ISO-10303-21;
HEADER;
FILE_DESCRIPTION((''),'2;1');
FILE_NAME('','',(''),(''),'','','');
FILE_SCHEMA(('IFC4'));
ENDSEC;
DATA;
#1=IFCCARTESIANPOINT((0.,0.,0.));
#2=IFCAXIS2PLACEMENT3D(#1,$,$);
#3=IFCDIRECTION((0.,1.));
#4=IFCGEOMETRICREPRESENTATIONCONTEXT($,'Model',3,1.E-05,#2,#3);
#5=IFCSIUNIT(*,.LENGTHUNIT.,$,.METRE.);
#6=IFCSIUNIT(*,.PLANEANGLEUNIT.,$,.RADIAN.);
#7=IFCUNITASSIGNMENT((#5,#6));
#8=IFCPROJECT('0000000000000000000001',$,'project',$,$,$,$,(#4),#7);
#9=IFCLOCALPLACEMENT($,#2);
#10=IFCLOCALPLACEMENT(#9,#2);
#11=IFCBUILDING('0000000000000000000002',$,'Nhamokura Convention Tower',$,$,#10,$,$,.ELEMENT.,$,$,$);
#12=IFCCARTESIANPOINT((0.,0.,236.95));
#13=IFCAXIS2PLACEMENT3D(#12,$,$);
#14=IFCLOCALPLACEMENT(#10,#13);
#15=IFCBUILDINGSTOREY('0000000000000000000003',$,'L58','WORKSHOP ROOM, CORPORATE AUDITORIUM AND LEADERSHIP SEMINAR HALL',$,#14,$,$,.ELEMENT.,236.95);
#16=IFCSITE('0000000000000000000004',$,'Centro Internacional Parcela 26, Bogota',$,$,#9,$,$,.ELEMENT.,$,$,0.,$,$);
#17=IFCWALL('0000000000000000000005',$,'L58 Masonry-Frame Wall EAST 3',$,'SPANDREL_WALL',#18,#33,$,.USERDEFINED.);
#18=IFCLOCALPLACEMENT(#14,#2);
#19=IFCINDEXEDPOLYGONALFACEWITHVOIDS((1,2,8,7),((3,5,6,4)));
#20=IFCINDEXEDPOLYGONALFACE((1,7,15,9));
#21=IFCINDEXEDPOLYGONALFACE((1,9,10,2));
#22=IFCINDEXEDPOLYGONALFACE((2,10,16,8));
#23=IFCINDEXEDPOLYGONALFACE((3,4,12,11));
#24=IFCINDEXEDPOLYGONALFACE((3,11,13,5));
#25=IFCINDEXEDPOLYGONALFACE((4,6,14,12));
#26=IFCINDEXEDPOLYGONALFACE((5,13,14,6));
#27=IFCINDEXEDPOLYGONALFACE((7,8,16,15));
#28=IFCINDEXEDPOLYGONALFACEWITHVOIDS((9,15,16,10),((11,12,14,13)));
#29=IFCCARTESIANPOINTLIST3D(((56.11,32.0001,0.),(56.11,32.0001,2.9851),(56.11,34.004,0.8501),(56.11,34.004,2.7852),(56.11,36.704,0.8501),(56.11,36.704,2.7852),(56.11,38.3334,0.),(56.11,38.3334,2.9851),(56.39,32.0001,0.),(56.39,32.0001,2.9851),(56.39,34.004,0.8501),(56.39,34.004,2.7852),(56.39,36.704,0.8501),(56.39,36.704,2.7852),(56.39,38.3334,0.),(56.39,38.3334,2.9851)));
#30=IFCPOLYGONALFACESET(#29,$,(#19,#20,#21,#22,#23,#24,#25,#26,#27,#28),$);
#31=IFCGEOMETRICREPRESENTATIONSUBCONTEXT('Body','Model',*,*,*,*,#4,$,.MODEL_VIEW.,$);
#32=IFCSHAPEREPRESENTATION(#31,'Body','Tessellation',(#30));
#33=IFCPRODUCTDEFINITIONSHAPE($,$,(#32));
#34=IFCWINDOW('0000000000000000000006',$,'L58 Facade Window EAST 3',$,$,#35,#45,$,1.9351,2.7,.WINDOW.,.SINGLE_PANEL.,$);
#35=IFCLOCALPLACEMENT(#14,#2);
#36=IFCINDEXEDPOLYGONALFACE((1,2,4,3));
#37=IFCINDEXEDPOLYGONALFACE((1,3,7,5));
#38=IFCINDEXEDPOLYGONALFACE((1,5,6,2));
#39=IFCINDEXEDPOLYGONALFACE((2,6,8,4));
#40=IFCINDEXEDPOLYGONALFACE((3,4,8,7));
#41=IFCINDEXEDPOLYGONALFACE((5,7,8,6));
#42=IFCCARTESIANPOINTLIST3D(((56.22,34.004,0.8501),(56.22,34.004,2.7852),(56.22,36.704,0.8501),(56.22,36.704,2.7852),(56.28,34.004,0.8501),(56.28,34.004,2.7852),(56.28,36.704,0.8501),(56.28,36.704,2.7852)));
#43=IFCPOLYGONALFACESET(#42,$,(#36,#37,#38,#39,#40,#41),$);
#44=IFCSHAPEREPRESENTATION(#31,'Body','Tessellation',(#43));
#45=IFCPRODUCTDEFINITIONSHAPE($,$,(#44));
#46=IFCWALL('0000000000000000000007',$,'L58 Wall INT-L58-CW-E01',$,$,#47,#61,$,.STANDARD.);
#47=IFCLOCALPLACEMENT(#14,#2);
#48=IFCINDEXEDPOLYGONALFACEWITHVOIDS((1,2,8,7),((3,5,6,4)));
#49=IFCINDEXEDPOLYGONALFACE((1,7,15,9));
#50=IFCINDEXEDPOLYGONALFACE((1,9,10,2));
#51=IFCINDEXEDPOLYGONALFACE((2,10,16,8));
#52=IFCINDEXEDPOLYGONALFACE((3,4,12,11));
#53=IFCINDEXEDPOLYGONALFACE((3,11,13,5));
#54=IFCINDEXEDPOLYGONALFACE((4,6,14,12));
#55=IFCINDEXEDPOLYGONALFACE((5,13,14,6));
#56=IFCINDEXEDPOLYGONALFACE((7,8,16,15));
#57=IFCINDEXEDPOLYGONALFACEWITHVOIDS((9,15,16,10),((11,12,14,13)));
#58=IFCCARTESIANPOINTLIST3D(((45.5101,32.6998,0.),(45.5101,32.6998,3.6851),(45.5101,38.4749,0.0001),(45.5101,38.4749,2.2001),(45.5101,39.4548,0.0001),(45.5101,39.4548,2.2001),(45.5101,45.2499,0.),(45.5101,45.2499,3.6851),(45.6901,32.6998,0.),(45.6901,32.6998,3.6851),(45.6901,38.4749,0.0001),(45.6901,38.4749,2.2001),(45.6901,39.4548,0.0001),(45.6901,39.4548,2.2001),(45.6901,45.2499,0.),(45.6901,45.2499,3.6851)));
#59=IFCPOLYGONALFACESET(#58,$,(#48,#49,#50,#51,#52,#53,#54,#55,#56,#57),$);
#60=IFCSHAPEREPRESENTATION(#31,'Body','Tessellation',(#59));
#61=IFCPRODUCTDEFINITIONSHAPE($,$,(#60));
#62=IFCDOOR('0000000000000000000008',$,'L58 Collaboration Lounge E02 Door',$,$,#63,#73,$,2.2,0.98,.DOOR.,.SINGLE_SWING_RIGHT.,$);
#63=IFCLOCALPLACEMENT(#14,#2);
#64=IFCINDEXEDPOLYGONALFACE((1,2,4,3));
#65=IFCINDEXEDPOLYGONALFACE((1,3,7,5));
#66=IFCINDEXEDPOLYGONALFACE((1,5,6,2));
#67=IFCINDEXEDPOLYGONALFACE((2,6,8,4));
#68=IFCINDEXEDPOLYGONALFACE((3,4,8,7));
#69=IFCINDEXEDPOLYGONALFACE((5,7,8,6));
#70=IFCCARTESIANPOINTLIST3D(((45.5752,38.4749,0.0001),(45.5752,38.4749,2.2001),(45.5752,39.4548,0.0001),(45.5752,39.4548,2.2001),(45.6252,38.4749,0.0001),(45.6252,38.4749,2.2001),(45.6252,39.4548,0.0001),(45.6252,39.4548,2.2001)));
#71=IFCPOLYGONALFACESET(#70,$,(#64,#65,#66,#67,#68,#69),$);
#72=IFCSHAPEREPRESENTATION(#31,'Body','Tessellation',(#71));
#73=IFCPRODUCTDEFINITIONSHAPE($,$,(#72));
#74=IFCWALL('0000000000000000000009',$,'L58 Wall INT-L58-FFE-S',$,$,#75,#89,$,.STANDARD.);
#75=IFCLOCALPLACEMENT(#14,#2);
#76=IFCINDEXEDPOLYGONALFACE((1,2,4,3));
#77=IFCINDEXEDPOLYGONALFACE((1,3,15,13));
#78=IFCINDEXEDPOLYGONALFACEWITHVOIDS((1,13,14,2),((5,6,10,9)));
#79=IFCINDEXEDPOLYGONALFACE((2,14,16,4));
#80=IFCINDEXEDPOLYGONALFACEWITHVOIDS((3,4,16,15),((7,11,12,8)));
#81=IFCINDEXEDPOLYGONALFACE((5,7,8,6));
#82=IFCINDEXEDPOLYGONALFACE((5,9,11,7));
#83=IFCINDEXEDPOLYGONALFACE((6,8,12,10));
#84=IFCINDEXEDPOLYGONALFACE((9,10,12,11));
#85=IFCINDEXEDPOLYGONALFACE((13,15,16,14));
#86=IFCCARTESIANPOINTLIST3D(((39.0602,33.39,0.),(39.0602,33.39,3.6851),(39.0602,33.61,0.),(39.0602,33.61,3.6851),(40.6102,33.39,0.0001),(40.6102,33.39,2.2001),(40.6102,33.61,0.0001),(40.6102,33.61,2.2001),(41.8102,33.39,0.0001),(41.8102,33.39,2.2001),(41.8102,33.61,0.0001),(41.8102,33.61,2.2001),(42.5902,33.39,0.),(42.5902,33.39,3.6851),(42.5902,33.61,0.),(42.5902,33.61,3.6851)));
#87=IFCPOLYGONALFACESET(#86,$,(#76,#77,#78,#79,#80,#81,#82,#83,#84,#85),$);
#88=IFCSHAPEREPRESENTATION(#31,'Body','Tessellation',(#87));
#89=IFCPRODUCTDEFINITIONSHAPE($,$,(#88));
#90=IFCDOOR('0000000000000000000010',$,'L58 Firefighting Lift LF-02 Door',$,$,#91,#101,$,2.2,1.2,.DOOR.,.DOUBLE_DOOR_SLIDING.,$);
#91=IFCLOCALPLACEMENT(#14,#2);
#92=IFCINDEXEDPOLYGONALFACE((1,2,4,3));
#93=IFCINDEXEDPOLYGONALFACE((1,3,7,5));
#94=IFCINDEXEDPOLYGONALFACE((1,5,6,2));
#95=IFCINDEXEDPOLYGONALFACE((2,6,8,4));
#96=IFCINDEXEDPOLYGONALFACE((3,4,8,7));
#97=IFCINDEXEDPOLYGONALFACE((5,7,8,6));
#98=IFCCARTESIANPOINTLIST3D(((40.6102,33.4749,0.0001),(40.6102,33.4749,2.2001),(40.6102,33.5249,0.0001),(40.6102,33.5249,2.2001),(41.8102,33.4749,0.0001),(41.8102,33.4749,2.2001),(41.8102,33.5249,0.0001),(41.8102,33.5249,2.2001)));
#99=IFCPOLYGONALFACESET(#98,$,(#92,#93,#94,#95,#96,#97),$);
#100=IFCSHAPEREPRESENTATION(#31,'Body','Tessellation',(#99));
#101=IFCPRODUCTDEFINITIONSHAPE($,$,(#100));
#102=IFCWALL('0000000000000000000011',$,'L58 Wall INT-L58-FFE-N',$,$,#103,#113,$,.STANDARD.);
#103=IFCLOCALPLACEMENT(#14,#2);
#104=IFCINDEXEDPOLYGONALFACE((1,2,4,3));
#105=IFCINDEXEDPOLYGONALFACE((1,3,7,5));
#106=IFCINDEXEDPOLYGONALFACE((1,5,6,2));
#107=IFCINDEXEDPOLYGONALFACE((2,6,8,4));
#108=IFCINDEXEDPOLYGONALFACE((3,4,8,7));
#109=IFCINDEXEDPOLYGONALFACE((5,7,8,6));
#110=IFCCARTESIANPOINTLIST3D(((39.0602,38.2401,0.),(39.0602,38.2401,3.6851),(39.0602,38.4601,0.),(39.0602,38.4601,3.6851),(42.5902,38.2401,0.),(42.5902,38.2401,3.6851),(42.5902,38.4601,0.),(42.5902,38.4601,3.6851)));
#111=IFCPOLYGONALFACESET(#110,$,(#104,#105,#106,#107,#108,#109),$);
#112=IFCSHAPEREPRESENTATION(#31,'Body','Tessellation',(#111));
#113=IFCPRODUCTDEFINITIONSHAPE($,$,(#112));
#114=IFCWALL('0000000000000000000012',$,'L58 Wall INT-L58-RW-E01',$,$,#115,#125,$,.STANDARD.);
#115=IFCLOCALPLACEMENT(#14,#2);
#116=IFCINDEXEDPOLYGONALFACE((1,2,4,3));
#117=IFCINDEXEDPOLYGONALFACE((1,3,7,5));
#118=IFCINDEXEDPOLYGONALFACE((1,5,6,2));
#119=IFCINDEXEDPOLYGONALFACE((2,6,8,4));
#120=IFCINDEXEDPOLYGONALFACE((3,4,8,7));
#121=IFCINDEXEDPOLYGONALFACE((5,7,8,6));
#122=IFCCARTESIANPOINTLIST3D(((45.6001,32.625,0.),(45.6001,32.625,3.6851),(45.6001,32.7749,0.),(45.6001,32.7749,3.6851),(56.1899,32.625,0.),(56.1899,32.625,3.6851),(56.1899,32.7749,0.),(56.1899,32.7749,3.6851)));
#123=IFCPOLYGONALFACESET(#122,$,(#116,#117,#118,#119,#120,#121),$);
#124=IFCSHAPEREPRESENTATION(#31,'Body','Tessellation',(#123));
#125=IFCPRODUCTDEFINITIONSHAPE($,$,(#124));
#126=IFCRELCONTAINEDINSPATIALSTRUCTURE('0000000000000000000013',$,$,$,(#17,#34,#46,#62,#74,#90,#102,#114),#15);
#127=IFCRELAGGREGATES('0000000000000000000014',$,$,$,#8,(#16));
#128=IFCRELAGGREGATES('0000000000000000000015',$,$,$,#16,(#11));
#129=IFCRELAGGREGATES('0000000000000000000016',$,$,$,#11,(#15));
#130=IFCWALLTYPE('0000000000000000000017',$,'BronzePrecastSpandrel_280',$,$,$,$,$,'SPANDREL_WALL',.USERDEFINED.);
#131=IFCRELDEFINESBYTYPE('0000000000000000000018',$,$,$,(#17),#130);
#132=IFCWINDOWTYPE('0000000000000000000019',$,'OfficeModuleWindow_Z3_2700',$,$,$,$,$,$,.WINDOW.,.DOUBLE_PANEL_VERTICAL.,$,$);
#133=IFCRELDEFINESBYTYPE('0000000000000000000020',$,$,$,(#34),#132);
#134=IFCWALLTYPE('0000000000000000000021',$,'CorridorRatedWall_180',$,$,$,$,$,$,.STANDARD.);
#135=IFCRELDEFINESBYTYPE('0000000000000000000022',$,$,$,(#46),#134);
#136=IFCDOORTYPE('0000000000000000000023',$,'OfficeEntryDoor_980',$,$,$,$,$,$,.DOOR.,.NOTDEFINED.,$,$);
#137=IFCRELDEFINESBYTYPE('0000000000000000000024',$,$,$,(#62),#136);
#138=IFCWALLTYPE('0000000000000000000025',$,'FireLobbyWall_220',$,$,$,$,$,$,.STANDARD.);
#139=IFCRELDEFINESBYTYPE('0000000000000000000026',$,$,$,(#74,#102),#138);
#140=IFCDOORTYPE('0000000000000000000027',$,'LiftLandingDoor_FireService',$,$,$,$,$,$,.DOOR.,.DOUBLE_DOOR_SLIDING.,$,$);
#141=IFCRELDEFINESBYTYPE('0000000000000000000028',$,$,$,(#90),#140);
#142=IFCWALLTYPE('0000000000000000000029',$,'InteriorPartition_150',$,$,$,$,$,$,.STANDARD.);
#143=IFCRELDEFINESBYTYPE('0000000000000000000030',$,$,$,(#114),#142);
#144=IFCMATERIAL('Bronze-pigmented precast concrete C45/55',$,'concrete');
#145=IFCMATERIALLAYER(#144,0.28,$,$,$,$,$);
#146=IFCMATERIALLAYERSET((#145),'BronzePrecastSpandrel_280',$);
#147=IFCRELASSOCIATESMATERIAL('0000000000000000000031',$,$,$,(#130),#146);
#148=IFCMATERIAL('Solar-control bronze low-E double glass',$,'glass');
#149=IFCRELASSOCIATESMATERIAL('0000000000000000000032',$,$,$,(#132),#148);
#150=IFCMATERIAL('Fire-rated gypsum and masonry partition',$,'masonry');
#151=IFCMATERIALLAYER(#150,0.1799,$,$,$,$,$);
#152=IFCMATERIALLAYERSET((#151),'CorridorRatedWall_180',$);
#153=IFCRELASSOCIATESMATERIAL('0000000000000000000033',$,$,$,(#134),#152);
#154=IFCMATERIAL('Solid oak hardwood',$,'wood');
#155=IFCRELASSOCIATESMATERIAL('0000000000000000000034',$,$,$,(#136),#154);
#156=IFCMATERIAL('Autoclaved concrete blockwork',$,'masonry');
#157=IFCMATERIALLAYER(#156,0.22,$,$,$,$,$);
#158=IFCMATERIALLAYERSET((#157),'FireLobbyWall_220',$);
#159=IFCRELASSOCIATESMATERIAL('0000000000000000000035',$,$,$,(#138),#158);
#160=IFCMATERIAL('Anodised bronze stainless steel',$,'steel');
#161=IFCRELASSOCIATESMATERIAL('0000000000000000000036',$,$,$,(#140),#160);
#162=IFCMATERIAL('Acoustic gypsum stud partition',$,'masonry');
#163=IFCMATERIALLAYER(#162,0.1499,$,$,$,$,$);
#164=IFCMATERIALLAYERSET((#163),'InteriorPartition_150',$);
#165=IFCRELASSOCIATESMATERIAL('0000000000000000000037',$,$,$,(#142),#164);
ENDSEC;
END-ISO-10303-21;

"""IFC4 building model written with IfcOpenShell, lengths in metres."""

from ifc_helpers import new_model, si_unit, direction, frame, frame_2d, origin, place, context, subcontext, project, spatial, rectangle, extrude, material, layer, layer_set, type_object, element, fill, save


model = new_model("IFC4")

# Units and contexts
model_context = context("Model", 3, precision=1e-05, world=origin(), true_north=direction((0.0, 1.0)))
body_context = subcontext(model_context, "Body", "Model", "MODEL_VIEW")
ifc_project = project(units=[si_unit("LENGTHUNIT", "METRE"), si_unit("PLANEANGLEUNIT", "RADIAN")], contexts=[model_context])

# Site, building, storey
site_placement = place(None, origin())
site = spatial("IfcSite", under=ifc_project, at=site_placement, Name="Centro Internacional Parcela 26, Bogota", CompositionType="ELEMENT", RefElevation=0.0)
building_placement = place(site_placement, origin())
building = spatial("IfcBuilding", under=site, at=building_placement, Name="Nhamokura Convention Tower", CompositionType="ELEMENT")
storey_placement = place(building_placement, frame((0.0, 0.0, 236.95)))
storey = spatial("IfcBuildingStorey", under=building, at=storey_placement, Name="L58", Description="WORKSHOP ROOM, CORPORATE AUDITORIUM AND LEADERSHIP SEMINAR HALL", CompositionType="ELEMENT", Elevation=236.95)

# Shared definitions
ifc_material_1 = material(Name="Bronze-pigmented precast concrete C45/55", Category="concrete")
ifc_layer_1 = layer(ifc_material_1, 0.28)
ifc_layer_set_1 = layer_set([ifc_layer_1], Name="BronzePrecastSpandrel_280")
wall_type_1 = type_object("IfcWallType", Name="BronzePrecastSpandrel_280", ElementType="SPANDREL_WALL", PredefinedType="USERDEFINED", material=ifc_layer_set_1)

# Wall, opening, window
wall_1_placement = place(storey_placement, frame((56.25, 38.3333, 0.0), z_axis=(0.0, 0.0, 1.0), x_axis=(0.0, -1.0, 0.0)))
wall_1 = element("IfcWall", 1, at=wall_1_placement, inside=storey, type_object=wall_type_1, Name="L58 Masonry-Frame Wall EAST 3", ObjectType="SPANDREL_WALL", PredefinedType="USERDEFINED", context=body_context, shape_type="SweptSolid", body=[
    extrude(rectangle(XDim=6.3333, YDim=0.28, at=frame_2d((3.1665, 0.0))), origin(), (0.0, 0.0, 1.0), 2.9851),
])
opening_1_placement = place(wall_1_placement, frame((1.6292, 0.0, 0.8501)))
opening_1 = element("IfcOpeningElement", 2, at=opening_1_placement, cuts=wall_1, PredefinedType="OPENING", context=body_context, shape_type="SweptSolid", body=[
    extrude(rectangle(XDim=2.7, YDim=1.9351, at=frame_2d((1.3501, 0.9675))), frame((0.0, 0.1499, 0.0), z_axis=(0.0, -1.0, 0.0), x_axis=(1.0, 0.0, 0.0)), (0.0, 0.0, 1.0), 0.3),
])
ifc_material_2 = material(Name="Solar-control bronze low-E double glass", Category="glass")
window_type = type_object("IfcWindowType", Name="OfficeModuleWindow_Z3_2700", PartitioningType="DOUBLE_PANEL_VERTICAL", PredefinedType="WINDOW", material=ifc_material_2)
window_placement = place(opening_1_placement, origin())
window = element("IfcWindow", 3, at=window_placement, inside=storey, type_object=window_type, Name="L58 Facade Window EAST 3", OverallHeight=1.9351, OverallWidth=2.7, PartitioningType="SINGLE_PANEL", PredefinedType="WINDOW", context=body_context, shape_type="SweptSolid", body=[
    extrude(rectangle(XDim=2.7, YDim=1.9351, at=frame_2d((1.3501, 0.9675))), frame((0.0, 0.03, 0.0), z_axis=(0.0, -1.0, 0.0), x_axis=(1.0, 0.0, 0.0)), (0.0, 0.0, 1.0), 0.0601),
])
fill(opening_1, window)

# Walls, openings, doors
ifc_material_3 = material(Name="Fire-rated gypsum and masonry partition", Category="masonry")
ifc_layer_2 = layer(ifc_material_3, 0.1799)
ifc_layer_set_2 = layer_set([ifc_layer_2], Name="CorridorRatedWall_180")
wall_type_2 = type_object("IfcWallType", Name="CorridorRatedWall_180", PredefinedType="STANDARD", material=ifc_layer_set_2)
wall_2_placement = place(storey_placement, frame((45.6001, 32.7, 0.0), z_axis=(0.0, 0.0, 1.0), x_axis=(0.0, 1.0, 0.0)))
wall_2 = element("IfcWall", 4, at=wall_2_placement, inside=storey, type_object=wall_type_2, Name="L58 Wall INT-L58-CW-E01", PredefinedType="STANDARD", context=body_context, shape_type="SweptSolid", body=[
    extrude(rectangle(XDim=12.55, YDim=0.1799, at=frame_2d((6.2749, 0.0))), origin(), (0.0, 0.0, 1.0), 3.6851),
])
opening_2_placement = place(wall_2_placement, frame((5.7749, 0.0, 0.0)))
opening_2 = element("IfcOpeningElement", 5, at=opening_2_placement, cuts=wall_2, PredefinedType="OPENING", context=body_context, shape_type="SweptSolid", body=[
    extrude(rectangle(XDim=0.98, YDim=2.2, at=frame_2d((0.49, 1.1001))), frame((0.0, 0.0999, 0.0), z_axis=(0.0, -1.0, 0.0), x_axis=(1.0, 0.0, 0.0)), (0.0, 0.0, 1.0), 0.2),
])
ifc_material_4 = material(Name="Solid oak hardwood", Category="wood")
door_type_1 = type_object("IfcDoorType", Name="OfficeEntryDoor_980", OperationType="NOTDEFINED", PredefinedType="DOOR", material=ifc_material_4)
door_1_placement = place(opening_2_placement, origin())
door_1 = element("IfcDoor", 6, at=door_1_placement, inside=storey, type_object=door_type_1, Name="L58 Collaboration Lounge E02 Door", OperationType="SINGLE_SWING_RIGHT", OverallHeight=2.2, OverallWidth=0.98, PredefinedType="DOOR", context=body_context, shape_type="SweptSolid", body=[
    extrude(rectangle(XDim=0.98, YDim=2.2, at=frame_2d((0.49, 1.1001))), frame((0.0, 0.0249, 0.0), z_axis=(0.0, -1.0, 0.0), x_axis=(1.0, 0.0, 0.0)), (0.0, 0.0, 1.0), 0.05),
])
fill(opening_2, door_1)
ifc_material_5 = material(Name="Autoclaved concrete blockwork", Category="masonry")
ifc_layer_3 = layer(ifc_material_5, 0.22)
ifc_layer_set_3 = layer_set([ifc_layer_3], Name="FireLobbyWall_220")
wall_type_3 = type_object("IfcWallType", Name="FireLobbyWall_220", PredefinedType="STANDARD", material=ifc_layer_set_3)
wall_3_placement = place(storey_placement, frame((39.0601, 33.5, 0.0), z_axis=(0.0, 0.0, 1.0), x_axis=(1.0, 0.0, 0.0)))
wall_3 = element("IfcWall", 7, at=wall_3_placement, inside=storey, type_object=wall_type_3, Name="L58 Wall INT-L58-FFE-S", PredefinedType="STANDARD", context=body_context, shape_type="SweptSolid", body=[
    extrude(rectangle(XDim=3.53, YDim=0.22, at=frame_2d((1.7651, 0.0))), origin(), (0.0, 0.0, 1.0), 3.6851),
])
opening_3_placement = place(wall_3_placement, frame((1.55, 0.0, 0.0)))
opening_3 = element("IfcOpeningElement", 8, at=opening_3_placement, cuts=wall_3, PredefinedType="OPENING", context=body_context, shape_type="SweptSolid", body=[
    extrude(rectangle(XDim=1.2, YDim=2.2, at=frame_2d((0.6001, 1.1001))), frame((0.0, 0.1199, 0.0), z_axis=(0.0, -1.0, 0.0), x_axis=(1.0, 0.0, 0.0)), (0.0, 0.0, 1.0), 0.24),
])
ifc_material_6 = material(Name="Anodised bronze stainless steel", Category="steel")
door_type_2 = type_object("IfcDoorType", Name="LiftLandingDoor_FireService", OperationType="DOUBLE_DOOR_SLIDING", PredefinedType="DOOR", material=ifc_material_6)
door_2_placement = place(opening_3_placement, origin())
door_2 = element("IfcDoor", 9, at=door_2_placement, inside=storey, type_object=door_type_2, Name="L58 Firefighting Lift LF-02 Door", OperationType="DOUBLE_DOOR_SLIDING", OverallHeight=2.2, OverallWidth=1.2, PredefinedType="DOOR", context=body_context, shape_type="SweptSolid", body=[
    extrude(rectangle(XDim=1.2, YDim=2.2, at=frame_2d((0.6001, 1.1001))), frame((0.0, 0.0249, 0.0), z_axis=(0.0, -1.0, 0.0), x_axis=(1.0, 0.0, 0.0)), (0.0, 0.0, 1.0), 0.05),
])
fill(opening_3, door_2)

# Walls
wall_4_placement = place(storey_placement, frame((39.0601, 38.3501, 0.0), z_axis=(0.0, 0.0, 1.0), x_axis=(1.0, 0.0, 0.0)))
element("IfcWall", 10, at=wall_4_placement, inside=storey, type_object=wall_type_3, Name="L58 Wall INT-L58-FFE-N", PredefinedType="STANDARD", context=body_context, shape_type="SweptSolid", body=[
    extrude(rectangle(XDim=3.53, YDim=0.22, at=frame_2d((1.7651, 0.0))), origin(), (0.0, 0.0, 1.0), 3.6851),
])
ifc_material_7 = material(Name="Acoustic gypsum stud partition", Category="masonry")
ifc_layer_4 = layer(ifc_material_7, 0.1499)
ifc_layer_set_4 = layer_set([ifc_layer_4], Name="InteriorPartition_150")
wall_type_4 = type_object("IfcWallType", Name="InteriorPartition_150", PredefinedType="STANDARD", material=ifc_layer_set_4)
wall_5_placement = place(storey_placement, frame((45.6001, 32.7, 0.0), z_axis=(0.0, 0.0, 1.0), x_axis=(1.0, 0.0, 0.0)))
element("IfcWall", 11, at=wall_5_placement, inside=storey, type_object=wall_type_4, Name="L58 Wall INT-L58-RW-E01", PredefinedType="STANDARD", context=body_context, shape_type="SweptSolid", body=[
    extrude(rectangle(XDim=10.5898, YDim=0.1499, at=frame_2d((5.2949, 0.0))), origin(), (0.0, 0.0, 1.0), 3.6851),
])

save(model, "model.ifc")
